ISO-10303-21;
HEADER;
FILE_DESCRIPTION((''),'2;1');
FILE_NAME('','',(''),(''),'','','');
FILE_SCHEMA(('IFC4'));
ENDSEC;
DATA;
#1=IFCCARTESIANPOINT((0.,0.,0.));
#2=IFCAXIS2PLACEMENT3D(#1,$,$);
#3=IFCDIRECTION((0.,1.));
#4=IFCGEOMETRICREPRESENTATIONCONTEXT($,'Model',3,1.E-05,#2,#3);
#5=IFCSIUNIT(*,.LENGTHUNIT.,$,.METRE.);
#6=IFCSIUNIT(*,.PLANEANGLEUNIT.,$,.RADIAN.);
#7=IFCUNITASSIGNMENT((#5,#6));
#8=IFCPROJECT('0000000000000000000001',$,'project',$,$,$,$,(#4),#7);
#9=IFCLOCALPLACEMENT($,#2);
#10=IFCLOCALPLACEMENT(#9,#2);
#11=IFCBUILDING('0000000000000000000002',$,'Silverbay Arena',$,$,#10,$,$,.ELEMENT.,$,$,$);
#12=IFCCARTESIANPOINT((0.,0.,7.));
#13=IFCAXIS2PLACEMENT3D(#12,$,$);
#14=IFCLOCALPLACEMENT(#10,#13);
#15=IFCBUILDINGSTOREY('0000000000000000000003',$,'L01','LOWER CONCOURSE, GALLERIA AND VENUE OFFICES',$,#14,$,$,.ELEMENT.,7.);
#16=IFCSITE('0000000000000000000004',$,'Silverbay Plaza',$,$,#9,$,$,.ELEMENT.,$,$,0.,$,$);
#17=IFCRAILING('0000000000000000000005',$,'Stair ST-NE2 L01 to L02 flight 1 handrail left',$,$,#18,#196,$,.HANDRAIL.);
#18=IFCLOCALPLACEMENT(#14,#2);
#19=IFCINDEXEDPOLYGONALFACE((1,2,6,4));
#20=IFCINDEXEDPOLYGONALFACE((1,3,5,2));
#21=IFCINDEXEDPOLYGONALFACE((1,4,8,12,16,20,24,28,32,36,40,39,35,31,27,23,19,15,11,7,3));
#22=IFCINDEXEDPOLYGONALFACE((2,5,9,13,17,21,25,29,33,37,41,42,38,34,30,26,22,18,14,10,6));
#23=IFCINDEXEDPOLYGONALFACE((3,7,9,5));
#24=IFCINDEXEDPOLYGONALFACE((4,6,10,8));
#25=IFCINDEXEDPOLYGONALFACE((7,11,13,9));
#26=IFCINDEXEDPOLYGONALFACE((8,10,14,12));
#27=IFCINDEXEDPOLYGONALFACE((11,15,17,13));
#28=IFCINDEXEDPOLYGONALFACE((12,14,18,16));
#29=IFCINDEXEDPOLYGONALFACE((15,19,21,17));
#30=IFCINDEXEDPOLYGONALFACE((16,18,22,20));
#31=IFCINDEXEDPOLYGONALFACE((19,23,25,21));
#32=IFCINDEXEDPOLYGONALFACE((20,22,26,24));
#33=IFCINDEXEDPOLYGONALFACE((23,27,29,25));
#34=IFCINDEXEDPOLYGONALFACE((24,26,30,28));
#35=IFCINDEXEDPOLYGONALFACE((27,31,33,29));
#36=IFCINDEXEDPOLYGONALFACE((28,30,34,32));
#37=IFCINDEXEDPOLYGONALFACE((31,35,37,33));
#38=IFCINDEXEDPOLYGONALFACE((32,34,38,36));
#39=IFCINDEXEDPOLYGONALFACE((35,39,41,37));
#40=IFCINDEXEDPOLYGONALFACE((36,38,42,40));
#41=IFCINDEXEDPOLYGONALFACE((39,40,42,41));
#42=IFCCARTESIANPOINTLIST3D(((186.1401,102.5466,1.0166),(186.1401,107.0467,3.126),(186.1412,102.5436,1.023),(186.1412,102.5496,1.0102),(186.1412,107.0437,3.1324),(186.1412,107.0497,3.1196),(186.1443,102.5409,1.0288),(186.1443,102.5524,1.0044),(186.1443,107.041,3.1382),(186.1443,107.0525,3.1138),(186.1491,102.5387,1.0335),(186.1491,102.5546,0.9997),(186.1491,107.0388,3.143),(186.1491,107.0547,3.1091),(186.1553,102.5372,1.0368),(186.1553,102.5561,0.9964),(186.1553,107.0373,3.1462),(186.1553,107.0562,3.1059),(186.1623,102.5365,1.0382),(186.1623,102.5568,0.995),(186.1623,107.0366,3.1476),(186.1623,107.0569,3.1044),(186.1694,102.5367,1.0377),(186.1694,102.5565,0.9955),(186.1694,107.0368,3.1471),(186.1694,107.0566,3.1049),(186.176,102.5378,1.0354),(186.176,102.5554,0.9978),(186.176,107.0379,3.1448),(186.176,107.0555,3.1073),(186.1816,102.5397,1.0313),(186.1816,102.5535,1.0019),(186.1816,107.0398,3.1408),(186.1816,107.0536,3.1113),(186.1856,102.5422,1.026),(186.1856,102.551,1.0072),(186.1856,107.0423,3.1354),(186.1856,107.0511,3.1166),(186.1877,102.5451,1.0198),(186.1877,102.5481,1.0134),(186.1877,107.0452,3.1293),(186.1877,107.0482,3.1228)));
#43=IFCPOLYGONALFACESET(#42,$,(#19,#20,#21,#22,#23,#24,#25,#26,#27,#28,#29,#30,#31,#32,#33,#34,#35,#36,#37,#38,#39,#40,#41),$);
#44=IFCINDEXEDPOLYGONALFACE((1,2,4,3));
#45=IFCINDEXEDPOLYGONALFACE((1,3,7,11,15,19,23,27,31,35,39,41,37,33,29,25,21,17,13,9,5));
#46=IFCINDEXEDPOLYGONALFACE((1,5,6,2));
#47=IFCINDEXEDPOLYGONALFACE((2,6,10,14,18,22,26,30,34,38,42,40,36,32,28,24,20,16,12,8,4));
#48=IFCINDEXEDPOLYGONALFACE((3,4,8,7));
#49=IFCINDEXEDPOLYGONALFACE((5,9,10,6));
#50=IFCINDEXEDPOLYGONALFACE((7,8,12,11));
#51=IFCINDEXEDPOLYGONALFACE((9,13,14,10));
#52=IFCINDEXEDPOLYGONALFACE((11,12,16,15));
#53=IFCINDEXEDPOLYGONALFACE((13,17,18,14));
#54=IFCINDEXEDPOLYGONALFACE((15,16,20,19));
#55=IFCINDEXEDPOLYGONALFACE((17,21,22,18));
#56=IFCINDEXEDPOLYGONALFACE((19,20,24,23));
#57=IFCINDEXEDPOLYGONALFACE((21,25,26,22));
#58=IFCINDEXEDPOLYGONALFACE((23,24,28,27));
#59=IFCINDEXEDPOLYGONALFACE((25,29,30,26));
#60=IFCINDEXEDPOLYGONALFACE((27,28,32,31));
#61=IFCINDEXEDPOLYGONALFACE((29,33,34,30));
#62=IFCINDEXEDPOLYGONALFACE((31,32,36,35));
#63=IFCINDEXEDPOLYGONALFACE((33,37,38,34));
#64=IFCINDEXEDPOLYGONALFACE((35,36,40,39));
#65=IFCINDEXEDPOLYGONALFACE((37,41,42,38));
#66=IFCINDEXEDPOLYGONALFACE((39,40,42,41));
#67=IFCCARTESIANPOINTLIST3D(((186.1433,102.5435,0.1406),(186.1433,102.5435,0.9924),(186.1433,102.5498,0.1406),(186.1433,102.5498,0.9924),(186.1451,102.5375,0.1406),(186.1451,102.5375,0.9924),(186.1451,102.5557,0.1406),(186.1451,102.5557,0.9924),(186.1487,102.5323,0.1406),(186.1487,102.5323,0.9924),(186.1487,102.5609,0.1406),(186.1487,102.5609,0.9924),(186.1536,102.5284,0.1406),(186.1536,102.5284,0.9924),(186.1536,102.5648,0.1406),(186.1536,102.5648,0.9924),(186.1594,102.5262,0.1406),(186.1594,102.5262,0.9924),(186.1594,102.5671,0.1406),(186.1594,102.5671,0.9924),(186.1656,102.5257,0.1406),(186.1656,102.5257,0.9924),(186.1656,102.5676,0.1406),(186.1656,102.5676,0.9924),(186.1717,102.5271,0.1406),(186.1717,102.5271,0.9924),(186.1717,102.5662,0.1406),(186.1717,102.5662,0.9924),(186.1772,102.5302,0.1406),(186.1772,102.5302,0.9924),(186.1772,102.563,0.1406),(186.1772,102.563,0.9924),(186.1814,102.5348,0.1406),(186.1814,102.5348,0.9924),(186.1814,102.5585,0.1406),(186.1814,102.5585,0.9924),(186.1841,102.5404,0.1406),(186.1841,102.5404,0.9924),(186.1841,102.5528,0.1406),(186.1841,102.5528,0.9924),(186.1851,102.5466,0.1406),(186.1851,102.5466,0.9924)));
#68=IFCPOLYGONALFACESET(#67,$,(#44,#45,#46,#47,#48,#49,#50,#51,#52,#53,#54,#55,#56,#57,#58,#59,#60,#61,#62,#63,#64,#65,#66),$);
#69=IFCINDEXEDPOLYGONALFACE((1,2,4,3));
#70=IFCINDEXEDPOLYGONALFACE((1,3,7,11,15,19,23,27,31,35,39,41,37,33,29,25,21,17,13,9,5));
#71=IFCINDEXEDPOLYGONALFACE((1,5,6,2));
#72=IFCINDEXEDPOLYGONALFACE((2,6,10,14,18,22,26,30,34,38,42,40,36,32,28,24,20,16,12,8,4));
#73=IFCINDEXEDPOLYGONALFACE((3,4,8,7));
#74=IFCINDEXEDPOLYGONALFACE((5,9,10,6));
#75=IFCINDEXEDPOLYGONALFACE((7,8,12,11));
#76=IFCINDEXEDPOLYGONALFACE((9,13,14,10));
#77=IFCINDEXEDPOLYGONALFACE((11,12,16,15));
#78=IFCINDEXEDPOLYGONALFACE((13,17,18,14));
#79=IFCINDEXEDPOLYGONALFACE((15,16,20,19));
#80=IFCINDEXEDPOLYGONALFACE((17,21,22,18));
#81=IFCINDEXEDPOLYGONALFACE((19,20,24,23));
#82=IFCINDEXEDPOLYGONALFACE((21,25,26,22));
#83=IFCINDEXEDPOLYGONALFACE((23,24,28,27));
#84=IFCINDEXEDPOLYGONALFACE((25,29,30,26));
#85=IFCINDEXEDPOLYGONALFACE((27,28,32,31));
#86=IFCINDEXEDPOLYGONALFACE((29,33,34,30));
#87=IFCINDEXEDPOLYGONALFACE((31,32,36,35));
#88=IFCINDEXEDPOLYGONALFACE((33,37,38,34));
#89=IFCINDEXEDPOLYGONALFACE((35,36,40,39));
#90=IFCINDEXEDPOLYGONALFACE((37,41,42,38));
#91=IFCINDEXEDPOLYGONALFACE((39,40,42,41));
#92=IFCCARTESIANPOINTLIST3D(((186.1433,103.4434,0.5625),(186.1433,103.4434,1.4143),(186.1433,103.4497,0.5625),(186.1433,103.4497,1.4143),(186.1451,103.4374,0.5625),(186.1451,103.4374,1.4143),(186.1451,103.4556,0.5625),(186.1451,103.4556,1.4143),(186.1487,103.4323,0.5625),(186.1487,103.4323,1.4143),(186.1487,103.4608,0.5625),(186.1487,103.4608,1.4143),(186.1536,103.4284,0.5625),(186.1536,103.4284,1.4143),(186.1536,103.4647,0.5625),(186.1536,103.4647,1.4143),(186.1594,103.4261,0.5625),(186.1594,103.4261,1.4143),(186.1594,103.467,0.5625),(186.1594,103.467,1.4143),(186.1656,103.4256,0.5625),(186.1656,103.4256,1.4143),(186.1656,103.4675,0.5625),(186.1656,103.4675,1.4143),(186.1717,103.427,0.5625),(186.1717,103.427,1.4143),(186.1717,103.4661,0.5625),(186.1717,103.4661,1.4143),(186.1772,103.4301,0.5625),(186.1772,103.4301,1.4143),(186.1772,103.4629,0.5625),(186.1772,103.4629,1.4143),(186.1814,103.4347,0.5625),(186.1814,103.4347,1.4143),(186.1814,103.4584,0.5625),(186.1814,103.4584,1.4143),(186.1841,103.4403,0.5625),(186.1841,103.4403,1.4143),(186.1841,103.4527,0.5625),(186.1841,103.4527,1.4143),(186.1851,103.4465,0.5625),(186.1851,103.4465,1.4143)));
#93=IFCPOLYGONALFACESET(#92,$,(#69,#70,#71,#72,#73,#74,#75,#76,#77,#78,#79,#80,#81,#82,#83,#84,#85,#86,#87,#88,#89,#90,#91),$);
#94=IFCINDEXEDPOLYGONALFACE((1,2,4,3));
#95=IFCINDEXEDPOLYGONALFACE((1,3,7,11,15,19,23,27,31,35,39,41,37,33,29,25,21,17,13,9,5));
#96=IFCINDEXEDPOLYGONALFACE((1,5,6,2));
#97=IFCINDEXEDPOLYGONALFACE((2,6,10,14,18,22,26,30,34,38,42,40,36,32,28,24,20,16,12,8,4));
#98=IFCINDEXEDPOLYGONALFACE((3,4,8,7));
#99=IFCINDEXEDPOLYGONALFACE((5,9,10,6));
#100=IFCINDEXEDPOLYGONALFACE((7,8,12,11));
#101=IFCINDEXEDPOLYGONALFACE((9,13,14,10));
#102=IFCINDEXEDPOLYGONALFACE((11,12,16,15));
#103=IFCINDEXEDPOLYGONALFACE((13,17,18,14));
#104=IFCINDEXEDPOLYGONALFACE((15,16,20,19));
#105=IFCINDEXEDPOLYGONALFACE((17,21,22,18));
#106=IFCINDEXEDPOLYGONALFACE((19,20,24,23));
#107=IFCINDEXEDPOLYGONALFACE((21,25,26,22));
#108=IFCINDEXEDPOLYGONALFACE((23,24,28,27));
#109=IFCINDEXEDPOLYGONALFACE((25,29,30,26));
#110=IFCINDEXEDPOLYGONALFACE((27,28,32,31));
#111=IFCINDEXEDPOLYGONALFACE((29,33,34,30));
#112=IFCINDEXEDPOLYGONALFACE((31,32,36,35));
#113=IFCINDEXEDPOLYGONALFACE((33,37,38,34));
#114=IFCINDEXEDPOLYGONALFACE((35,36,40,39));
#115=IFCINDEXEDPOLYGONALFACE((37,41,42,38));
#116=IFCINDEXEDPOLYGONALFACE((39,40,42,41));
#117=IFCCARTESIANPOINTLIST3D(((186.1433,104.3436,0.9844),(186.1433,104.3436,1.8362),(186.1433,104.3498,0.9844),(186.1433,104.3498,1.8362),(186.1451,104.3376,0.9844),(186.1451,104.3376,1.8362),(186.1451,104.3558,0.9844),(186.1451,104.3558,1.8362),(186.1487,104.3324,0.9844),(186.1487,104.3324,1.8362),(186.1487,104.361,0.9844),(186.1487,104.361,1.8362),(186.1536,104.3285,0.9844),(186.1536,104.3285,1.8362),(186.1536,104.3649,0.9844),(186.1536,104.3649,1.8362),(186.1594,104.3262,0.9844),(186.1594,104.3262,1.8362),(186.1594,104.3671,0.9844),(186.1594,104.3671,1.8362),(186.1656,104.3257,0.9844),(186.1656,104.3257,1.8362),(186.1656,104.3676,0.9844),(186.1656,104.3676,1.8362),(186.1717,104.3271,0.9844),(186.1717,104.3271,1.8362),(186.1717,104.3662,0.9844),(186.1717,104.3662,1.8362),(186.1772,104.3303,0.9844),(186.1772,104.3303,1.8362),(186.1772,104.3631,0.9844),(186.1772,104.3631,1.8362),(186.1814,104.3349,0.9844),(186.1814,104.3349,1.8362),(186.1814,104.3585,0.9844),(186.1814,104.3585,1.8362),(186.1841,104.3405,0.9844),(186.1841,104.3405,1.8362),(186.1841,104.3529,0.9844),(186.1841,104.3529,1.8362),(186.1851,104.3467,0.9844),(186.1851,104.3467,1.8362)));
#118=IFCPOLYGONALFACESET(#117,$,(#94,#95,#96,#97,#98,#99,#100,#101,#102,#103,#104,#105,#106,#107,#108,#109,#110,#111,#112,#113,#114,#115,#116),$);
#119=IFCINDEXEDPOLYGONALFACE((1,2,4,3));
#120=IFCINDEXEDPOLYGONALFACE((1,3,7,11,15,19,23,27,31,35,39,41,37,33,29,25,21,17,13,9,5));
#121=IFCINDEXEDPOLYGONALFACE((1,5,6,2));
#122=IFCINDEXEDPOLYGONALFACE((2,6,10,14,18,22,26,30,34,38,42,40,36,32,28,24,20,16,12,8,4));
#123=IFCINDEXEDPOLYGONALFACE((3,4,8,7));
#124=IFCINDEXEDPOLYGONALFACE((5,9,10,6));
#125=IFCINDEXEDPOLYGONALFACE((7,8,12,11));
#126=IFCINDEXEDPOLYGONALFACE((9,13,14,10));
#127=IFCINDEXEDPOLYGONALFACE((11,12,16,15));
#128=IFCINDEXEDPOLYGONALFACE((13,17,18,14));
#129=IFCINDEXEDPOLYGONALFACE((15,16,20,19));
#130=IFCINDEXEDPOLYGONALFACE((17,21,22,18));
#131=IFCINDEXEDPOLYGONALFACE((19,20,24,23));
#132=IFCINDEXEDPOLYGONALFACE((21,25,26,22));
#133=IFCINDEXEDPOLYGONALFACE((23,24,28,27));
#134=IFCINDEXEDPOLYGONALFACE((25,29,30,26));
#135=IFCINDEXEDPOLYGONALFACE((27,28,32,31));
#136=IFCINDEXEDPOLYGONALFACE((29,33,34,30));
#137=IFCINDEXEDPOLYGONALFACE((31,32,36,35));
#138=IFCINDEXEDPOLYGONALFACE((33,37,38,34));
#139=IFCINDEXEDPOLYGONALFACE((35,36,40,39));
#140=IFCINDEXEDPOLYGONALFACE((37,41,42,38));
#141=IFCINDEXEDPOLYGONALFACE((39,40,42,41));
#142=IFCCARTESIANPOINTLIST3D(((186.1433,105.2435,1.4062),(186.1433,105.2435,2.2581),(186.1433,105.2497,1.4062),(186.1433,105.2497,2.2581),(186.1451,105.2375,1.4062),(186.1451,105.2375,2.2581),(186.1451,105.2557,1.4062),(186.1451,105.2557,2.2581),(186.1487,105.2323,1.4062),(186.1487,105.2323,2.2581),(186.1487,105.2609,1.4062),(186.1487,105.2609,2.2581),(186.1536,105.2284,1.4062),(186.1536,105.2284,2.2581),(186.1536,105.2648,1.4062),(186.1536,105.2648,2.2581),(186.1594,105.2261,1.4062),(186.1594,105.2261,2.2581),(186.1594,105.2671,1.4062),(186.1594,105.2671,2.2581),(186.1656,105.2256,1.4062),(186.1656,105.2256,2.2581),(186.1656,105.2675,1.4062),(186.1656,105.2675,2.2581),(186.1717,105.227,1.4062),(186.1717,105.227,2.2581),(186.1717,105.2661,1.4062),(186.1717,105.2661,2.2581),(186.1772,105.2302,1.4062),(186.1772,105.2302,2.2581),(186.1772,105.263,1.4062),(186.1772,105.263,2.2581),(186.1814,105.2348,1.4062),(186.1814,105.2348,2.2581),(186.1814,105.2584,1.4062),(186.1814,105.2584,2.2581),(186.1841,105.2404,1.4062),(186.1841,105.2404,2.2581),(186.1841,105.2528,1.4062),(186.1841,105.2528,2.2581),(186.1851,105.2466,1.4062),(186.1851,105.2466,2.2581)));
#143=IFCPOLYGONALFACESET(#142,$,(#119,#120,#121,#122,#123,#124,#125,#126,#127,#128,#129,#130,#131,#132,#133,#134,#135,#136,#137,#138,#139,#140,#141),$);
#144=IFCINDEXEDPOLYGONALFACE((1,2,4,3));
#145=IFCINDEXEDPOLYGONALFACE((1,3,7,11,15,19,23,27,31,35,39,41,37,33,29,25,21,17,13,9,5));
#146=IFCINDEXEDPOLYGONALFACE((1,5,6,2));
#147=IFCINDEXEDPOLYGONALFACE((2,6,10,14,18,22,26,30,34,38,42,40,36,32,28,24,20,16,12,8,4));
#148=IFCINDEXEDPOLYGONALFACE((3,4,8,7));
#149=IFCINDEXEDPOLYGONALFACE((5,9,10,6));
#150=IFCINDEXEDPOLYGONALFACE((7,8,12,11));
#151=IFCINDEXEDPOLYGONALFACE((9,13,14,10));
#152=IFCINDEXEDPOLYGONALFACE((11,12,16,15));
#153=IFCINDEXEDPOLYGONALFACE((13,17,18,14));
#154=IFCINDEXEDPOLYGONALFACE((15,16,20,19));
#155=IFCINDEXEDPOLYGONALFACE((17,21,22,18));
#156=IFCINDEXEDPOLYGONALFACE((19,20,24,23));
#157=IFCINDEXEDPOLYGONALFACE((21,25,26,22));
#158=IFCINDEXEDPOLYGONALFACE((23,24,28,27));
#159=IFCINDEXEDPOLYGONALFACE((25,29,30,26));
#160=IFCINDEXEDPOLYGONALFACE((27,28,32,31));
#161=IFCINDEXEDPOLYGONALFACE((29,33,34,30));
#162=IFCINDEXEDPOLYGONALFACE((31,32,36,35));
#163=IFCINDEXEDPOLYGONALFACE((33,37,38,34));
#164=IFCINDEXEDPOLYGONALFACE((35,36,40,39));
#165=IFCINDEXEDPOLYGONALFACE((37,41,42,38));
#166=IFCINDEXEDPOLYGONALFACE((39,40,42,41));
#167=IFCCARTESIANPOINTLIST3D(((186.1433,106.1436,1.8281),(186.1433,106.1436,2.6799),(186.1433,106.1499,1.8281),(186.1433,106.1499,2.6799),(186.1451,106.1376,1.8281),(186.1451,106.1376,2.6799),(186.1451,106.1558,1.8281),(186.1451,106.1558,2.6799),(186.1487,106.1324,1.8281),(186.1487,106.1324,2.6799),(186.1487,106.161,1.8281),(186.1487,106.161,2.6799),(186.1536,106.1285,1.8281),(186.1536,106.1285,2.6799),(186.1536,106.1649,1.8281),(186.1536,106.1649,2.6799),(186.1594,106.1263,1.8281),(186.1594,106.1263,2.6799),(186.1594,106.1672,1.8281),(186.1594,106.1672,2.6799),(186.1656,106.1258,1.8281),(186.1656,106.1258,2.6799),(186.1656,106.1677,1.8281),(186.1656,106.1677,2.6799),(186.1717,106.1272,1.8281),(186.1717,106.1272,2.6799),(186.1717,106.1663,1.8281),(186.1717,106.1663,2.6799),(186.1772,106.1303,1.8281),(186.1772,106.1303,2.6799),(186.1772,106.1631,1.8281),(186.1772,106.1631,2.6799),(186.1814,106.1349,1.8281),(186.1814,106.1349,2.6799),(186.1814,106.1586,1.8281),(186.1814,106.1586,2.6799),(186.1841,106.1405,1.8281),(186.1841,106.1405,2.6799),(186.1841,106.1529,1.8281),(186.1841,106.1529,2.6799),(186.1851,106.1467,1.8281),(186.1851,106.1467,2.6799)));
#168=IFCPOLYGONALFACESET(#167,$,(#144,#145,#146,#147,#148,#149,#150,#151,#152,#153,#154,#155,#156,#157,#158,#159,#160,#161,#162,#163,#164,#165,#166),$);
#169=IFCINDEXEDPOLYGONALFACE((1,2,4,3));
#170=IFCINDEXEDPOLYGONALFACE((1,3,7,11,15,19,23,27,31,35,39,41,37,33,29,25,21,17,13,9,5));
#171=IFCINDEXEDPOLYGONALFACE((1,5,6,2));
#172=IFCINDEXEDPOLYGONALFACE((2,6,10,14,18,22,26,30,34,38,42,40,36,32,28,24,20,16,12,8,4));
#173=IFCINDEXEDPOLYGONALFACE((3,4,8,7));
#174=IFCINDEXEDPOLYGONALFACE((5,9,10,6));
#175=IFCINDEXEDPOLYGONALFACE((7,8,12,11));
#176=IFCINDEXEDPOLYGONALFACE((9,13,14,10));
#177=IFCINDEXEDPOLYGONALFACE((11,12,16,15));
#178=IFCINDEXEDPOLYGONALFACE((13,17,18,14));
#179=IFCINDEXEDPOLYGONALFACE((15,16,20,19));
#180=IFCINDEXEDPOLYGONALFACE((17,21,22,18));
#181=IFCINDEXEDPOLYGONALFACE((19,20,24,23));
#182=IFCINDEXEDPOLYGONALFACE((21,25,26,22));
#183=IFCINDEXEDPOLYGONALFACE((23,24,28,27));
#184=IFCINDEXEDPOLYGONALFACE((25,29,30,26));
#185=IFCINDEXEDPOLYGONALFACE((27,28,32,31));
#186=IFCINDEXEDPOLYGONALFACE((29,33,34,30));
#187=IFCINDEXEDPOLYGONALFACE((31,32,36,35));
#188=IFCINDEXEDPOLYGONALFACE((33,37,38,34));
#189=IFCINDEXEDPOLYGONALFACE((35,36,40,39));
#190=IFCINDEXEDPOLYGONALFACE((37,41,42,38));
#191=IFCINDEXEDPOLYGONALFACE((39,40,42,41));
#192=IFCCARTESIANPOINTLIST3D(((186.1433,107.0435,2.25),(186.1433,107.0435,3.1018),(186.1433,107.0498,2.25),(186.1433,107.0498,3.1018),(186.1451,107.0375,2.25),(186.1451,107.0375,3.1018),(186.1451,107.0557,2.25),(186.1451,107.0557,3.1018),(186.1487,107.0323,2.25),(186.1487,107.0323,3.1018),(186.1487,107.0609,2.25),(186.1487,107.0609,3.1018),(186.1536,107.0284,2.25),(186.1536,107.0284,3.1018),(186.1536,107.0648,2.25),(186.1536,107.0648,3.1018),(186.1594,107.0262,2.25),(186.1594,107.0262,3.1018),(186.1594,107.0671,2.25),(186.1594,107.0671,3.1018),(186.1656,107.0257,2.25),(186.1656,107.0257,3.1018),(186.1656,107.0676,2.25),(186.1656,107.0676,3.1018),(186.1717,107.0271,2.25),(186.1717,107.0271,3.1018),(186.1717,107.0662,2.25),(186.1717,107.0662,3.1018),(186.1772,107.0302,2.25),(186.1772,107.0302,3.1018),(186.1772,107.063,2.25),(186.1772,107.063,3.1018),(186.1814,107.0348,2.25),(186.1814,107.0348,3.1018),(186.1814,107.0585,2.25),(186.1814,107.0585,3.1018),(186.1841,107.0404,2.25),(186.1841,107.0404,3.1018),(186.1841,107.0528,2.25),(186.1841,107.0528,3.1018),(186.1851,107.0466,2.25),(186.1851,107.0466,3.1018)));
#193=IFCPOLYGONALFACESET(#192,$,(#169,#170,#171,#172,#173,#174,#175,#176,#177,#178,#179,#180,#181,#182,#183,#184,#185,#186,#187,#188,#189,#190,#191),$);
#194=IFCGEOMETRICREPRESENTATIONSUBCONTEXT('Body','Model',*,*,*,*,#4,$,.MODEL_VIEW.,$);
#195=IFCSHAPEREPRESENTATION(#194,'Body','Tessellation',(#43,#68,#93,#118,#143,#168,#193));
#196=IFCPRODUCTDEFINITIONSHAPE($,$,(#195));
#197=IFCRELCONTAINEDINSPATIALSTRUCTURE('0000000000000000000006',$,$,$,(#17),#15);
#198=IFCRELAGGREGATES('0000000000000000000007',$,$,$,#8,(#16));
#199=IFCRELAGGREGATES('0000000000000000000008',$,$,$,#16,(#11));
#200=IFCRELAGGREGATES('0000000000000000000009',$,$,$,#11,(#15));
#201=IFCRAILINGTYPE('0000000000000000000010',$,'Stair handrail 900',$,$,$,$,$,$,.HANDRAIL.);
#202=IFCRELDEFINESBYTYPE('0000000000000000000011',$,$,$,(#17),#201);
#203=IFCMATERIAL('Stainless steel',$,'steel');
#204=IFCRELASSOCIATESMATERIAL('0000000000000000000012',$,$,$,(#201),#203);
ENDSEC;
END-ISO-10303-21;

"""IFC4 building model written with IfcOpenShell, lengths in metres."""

from ifc_helpers import new_model, si_unit, direction, frame, origin, origin_2d, place, context, subcontext, project, spatial, circle, extrude, material, type_object, element, save


model = new_model("IFC4")

# Units and contexts
model_context = context("Model", 3, precision=1e-05, world=origin(), true_north=direction((0.0, 1.0)))
body_context = subcontext(model_context, "Body", "Model", "MODEL_VIEW")
ifc_project = project(units=[si_unit("LENGTHUNIT", "METRE"), si_unit("PLANEANGLEUNIT", "RADIAN")], contexts=[model_context])

# Site, building, storey
site_placement = place(None, origin())
site = spatial("IfcSite", under=ifc_project, at=site_placement, Name="Silverbay Plaza", CompositionType="ELEMENT", RefElevation=0.0)
building_placement = place(site_placement, origin())
building = spatial("IfcBuilding", under=site, at=building_placement, Name="Silverbay Arena", CompositionType="ELEMENT")
storey_placement = place(building_placement, frame((0.0, 0.0, 7.0)))
storey = spatial("IfcBuildingStorey", under=building, at=storey_placement, Name="L01", Description="LOWER CONCOURSE, GALLERIA AND VENUE OFFICES", CompositionType="ELEMENT", Elevation=7.0)

# Railing
ifc_material_1 = material(Name="Stainless steel", Category="steel")
railing_type_1 = type_object("IfcRailingType", Name="Stair handrail 900", PredefinedType="HANDRAIL", material=ifc_material_1)
for number, where, name in (
    (1, (186.1641, 102.5466, 0.1406), "Stair ST-NE2 L01 to L02 flight 1 handrail left"),
):
    element("IfcRailing", number, at=place(storey_placement, frame(where)), inside=storey, type_object=railing_type_1, Name=name, PredefinedType="HANDRAIL", context=body_context, shape_type="SweptSolid", body=[
        extrude(circle(Radius=0.0239, at=origin_2d()), frame((0.0, 0.0, 0.876), z_axis=(0.0, 0.905459, 0.424434), x_axis=(-1.0, 0.0, 0.0)), (0.0, 0.0, 1.0), 4.97),
        extrude(circle(Radius=0.021, at=origin_2d()), origin(), (0.0, 0.0, 1.0), 0.8518),
        extrude(circle(Radius=0.021, at=origin_2d()), frame((0.0, 0.8999, 0.4219)), (0.0, 0.0, 1.0), 0.8518),
        extrude(circle(Radius=0.021, at=origin_2d()), frame((0.0, 1.8, 0.8438)), (0.0, 0.0, 1.0), 0.8518),
        extrude(circle(Radius=0.021, at=origin_2d()), frame((0.0, 2.7, 1.2656)), (0.0, 0.0, 1.0), 0.8518),
        extrude(circle(Radius=0.021, at=origin_2d()), frame((0.0, 3.6001, 1.6875)), (0.0, 0.0, 1.0), 0.8518),
        extrude(circle(Radius=0.021, at=origin_2d()), frame((0.0, 4.5, 2.1094)), (0.0, 0.0, 1.0), 0.8518),
    ])

save(model, "model.ifc")
